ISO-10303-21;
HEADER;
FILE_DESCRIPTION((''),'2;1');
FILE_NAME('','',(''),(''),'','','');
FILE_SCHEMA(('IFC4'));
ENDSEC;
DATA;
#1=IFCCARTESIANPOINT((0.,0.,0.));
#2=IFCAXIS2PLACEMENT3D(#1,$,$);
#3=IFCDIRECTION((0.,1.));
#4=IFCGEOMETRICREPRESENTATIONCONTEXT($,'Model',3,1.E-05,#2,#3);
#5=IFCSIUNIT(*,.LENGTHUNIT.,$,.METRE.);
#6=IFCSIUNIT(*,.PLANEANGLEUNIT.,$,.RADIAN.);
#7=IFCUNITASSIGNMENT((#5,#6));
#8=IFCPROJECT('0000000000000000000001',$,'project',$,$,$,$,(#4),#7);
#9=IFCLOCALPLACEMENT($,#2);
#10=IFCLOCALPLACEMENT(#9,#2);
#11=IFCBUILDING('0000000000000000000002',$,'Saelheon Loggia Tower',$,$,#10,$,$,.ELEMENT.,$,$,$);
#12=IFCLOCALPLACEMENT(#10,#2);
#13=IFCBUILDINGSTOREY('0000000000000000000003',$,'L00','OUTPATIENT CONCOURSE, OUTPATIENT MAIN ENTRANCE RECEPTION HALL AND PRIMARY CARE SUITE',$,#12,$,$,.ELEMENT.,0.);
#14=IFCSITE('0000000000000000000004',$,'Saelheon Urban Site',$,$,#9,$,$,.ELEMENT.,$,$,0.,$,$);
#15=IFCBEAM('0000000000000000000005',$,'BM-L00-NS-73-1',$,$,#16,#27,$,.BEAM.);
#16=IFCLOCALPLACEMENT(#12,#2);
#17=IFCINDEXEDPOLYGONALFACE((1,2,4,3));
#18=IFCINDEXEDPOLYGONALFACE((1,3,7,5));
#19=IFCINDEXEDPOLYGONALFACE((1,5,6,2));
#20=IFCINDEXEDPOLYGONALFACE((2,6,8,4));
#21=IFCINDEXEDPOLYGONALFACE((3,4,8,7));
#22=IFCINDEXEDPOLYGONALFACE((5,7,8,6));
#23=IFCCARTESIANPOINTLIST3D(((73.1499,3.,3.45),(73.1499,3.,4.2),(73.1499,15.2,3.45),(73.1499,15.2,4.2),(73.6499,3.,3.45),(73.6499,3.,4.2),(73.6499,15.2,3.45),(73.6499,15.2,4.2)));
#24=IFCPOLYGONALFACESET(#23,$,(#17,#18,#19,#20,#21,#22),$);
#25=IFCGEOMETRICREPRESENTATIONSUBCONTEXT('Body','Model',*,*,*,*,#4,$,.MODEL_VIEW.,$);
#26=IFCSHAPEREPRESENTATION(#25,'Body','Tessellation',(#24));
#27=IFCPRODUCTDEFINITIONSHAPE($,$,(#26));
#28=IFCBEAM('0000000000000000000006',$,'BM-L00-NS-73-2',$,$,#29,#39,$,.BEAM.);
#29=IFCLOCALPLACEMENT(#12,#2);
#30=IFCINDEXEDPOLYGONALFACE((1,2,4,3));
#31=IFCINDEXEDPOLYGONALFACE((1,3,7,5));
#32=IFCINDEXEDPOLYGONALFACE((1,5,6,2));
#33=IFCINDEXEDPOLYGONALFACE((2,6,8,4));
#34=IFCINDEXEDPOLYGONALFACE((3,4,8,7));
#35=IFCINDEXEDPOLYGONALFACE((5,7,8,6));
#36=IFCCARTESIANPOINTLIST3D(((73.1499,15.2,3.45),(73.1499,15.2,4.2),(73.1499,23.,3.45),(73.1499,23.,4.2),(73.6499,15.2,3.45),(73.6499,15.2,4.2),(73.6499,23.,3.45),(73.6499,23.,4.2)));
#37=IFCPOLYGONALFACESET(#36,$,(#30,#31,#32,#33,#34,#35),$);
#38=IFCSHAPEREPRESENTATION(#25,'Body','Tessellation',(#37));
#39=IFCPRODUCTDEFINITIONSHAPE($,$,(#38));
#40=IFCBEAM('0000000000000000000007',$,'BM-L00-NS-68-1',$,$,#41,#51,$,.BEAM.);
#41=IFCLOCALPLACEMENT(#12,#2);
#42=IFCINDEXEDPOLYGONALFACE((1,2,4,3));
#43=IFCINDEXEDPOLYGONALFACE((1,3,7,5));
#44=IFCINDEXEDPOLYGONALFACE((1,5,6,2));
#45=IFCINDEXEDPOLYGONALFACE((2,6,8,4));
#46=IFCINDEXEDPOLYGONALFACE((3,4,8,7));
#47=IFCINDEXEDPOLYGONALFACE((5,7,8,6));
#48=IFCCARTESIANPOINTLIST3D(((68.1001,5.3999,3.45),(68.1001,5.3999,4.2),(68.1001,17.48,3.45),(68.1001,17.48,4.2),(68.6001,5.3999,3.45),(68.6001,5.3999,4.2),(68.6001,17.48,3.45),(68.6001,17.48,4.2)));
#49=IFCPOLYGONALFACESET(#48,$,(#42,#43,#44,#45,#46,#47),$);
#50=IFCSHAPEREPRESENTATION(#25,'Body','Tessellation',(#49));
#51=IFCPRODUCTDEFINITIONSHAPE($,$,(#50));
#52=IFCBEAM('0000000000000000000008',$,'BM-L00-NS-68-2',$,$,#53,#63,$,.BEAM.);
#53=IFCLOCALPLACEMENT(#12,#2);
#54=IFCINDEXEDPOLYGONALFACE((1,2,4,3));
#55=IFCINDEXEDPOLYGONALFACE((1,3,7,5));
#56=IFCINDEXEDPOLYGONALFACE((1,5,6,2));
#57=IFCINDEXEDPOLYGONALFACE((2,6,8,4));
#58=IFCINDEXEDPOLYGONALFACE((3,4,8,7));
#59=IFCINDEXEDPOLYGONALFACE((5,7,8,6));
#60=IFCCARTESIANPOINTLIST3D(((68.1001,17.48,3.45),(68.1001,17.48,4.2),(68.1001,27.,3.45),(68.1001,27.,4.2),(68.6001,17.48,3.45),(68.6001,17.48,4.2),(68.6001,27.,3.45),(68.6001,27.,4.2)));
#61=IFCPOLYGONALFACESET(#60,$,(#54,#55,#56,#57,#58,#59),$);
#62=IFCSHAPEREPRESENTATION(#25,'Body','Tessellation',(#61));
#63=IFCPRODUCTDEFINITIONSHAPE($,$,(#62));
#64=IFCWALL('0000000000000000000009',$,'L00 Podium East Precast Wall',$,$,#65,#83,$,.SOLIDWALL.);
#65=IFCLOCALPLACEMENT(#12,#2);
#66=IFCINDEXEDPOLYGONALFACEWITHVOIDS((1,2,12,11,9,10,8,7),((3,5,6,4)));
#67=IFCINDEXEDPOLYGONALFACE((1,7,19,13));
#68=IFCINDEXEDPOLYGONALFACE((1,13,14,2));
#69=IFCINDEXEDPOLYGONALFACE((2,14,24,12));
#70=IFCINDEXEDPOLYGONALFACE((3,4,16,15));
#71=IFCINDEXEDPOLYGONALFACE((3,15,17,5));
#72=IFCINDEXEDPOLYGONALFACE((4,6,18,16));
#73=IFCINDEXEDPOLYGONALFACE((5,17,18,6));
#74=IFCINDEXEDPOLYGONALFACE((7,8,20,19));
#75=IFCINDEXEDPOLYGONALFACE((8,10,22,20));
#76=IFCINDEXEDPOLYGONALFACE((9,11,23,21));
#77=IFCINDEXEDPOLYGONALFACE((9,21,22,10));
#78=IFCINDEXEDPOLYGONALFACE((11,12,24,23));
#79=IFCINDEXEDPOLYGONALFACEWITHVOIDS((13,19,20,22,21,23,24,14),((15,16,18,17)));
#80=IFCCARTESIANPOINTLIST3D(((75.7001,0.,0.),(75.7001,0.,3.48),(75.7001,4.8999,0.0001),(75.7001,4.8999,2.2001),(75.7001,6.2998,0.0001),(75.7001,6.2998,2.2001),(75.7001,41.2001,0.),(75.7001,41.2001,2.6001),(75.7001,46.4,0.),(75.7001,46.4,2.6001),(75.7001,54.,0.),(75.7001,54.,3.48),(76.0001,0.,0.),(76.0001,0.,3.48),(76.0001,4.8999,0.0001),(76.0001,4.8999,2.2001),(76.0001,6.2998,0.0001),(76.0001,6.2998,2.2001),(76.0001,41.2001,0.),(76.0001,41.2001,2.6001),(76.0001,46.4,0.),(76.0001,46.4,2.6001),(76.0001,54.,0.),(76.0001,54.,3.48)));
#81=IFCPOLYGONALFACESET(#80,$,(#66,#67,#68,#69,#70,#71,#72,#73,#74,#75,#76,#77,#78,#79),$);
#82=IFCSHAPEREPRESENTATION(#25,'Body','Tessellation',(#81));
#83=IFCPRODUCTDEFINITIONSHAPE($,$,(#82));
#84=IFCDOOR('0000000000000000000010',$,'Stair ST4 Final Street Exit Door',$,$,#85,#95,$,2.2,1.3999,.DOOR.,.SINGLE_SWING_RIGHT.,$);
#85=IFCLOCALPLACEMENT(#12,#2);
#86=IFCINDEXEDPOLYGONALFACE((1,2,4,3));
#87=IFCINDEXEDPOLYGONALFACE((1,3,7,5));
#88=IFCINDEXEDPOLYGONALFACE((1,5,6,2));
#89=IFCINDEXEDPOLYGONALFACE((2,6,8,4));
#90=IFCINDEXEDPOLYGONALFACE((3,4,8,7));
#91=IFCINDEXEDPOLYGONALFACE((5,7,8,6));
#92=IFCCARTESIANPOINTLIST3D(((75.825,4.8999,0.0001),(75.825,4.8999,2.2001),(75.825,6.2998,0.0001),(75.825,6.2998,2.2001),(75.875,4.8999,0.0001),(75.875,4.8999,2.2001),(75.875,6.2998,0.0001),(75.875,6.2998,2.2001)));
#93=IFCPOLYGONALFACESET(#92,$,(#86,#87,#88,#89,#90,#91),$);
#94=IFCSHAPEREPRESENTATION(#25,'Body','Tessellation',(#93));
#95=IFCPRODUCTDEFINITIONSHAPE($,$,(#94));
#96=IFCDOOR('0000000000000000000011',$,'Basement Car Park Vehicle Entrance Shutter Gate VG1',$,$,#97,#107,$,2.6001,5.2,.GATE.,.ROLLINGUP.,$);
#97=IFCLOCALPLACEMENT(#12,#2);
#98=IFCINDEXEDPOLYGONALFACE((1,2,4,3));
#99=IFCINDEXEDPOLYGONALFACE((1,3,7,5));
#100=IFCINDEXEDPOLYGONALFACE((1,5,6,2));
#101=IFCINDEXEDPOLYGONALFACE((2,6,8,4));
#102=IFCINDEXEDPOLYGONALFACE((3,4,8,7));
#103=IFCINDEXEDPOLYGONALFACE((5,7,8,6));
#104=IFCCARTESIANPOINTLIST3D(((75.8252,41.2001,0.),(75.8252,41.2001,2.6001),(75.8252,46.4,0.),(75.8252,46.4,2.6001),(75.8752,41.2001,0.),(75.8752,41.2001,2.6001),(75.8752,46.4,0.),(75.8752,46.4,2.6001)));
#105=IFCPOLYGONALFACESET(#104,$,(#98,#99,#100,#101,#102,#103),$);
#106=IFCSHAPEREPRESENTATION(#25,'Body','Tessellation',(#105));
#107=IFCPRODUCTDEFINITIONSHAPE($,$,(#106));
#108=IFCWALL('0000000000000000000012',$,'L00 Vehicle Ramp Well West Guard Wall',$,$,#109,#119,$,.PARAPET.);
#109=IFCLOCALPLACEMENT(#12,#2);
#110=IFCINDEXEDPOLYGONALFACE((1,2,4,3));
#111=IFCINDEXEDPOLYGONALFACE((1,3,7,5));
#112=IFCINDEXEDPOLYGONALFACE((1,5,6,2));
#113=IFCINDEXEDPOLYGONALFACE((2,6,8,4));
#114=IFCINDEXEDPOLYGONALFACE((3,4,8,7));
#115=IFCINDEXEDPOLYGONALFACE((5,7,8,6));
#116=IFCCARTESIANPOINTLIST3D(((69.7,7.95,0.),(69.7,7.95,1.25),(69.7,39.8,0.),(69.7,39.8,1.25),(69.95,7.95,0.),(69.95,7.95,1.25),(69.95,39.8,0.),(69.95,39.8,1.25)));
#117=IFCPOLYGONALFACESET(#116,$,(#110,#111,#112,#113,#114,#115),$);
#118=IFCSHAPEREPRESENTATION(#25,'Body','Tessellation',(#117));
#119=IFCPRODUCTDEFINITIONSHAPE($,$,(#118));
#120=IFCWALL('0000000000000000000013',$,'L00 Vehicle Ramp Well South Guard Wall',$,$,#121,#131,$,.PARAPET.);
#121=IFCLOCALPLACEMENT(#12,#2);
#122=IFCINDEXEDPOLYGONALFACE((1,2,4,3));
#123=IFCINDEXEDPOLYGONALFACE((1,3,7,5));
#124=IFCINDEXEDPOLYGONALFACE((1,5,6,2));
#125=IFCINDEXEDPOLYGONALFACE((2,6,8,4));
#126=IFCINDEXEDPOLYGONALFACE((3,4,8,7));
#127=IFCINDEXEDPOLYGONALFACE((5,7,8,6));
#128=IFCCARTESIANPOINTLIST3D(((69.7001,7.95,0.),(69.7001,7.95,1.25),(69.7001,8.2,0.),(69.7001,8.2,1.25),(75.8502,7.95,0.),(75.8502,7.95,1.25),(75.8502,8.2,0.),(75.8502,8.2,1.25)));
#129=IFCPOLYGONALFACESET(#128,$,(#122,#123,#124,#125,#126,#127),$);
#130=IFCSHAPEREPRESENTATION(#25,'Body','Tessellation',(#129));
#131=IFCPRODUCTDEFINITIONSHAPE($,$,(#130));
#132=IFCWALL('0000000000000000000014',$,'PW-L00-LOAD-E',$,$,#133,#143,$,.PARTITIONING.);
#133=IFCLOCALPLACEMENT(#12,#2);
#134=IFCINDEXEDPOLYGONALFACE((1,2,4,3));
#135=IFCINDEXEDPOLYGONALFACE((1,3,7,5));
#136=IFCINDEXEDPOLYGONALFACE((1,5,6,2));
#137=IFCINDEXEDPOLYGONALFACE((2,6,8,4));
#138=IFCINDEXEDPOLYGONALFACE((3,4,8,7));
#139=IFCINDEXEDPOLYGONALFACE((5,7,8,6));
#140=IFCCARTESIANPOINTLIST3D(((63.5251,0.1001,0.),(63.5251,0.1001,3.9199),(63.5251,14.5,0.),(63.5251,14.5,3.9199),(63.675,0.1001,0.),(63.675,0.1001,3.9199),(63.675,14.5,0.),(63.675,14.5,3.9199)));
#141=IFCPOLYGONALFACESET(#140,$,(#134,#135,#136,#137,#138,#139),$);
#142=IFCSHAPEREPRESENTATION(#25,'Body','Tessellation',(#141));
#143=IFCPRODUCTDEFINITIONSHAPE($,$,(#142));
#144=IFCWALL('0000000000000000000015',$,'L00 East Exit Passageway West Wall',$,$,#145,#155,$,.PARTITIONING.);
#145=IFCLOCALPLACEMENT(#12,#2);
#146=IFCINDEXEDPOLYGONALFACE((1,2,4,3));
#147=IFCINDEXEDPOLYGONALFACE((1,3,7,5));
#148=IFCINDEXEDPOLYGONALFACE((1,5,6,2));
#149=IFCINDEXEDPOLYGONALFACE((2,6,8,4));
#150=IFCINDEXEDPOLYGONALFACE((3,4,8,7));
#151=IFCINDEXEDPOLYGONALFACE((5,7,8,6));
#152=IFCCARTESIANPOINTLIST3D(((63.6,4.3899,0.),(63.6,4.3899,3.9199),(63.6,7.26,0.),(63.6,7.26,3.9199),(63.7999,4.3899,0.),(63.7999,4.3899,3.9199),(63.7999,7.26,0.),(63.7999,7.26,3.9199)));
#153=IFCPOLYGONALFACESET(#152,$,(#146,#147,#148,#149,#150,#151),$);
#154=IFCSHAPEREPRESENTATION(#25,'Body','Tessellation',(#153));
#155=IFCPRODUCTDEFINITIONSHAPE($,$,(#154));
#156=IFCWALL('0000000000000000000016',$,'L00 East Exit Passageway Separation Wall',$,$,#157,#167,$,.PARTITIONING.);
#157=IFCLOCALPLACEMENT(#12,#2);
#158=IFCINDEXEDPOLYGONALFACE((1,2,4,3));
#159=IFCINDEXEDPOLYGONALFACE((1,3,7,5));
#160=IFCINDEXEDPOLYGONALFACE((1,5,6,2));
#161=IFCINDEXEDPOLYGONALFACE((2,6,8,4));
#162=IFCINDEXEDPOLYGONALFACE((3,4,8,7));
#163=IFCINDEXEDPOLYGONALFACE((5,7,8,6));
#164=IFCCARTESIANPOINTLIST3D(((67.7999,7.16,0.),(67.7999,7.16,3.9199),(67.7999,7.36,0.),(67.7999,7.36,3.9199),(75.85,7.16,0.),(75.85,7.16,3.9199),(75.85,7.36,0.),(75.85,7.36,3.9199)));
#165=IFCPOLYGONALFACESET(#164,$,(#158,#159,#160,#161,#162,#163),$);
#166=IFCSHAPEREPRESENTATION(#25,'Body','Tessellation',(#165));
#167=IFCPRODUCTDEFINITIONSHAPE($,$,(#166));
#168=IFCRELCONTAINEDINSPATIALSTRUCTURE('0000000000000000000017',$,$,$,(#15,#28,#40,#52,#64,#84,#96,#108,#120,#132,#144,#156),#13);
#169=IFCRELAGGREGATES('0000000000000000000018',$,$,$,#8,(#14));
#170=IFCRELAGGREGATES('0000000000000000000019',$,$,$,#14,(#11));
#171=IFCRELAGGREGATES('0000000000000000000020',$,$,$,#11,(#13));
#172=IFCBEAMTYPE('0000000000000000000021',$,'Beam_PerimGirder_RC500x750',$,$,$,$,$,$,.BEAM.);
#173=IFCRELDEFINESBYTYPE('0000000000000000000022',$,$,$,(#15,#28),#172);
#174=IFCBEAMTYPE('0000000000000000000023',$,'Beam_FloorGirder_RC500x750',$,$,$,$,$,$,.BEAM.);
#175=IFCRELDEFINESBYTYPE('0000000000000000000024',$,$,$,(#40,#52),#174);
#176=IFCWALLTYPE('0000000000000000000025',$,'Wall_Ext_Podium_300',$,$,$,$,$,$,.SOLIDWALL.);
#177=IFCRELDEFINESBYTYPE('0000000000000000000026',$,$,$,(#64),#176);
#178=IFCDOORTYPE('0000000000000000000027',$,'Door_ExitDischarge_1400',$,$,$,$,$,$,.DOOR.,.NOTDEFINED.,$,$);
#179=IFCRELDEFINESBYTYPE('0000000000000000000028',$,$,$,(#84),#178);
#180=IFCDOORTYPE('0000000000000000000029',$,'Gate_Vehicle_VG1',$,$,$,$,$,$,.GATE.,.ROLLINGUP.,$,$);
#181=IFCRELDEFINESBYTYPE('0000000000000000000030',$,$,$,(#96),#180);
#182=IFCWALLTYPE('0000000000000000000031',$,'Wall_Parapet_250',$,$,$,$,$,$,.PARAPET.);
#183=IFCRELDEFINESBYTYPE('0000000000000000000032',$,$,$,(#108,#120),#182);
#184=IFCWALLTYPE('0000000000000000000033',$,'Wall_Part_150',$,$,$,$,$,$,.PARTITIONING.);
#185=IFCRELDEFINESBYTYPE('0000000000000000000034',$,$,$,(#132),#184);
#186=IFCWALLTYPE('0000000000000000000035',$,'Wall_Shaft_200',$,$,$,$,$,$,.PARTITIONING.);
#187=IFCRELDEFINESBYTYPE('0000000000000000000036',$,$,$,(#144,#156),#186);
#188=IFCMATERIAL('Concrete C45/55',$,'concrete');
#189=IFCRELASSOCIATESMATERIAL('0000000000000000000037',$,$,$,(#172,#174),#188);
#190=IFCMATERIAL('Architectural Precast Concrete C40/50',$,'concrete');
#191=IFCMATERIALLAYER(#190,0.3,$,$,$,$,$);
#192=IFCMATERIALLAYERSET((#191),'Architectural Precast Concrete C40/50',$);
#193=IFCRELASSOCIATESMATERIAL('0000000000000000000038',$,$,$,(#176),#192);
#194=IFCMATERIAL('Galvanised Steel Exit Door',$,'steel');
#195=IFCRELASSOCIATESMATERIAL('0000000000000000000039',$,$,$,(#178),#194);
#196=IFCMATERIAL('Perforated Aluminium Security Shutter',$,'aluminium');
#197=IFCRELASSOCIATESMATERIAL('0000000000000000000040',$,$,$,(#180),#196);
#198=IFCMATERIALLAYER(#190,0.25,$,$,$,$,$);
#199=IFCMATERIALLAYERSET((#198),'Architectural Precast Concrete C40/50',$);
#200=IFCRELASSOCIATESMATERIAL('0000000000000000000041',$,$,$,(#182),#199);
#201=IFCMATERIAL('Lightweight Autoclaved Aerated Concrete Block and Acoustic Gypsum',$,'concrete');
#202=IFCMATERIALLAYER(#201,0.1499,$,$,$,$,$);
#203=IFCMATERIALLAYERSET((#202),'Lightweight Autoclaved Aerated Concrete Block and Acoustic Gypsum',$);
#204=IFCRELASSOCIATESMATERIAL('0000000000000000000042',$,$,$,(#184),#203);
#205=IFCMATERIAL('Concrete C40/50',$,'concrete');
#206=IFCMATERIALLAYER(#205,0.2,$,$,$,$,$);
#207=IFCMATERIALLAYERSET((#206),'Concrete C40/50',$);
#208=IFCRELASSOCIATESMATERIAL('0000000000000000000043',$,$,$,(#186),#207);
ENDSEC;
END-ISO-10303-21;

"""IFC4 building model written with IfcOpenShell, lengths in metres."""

from ifc_helpers import new_model, si_unit, direction, frame, frame_2d, origin, origin_2d, place, context, subcontext, project, spatial, rectangle, extrude, source, transform, mapped, material, layer, layer_set, material_profile, profile_set, type_object, element, fill, save


model = new_model("IFC4")

# Units and contexts
model_context = context("Model", 3, precision=1e-05, world=origin(), true_north=direction((0.0, 1.0)))
body_context = subcontext(model_context, "Body", "Model", "MODEL_VIEW")
ifc_project = project(units=[si_unit("LENGTHUNIT", "METRE"), si_unit("PLANEANGLEUNIT", "RADIAN")], contexts=[model_context])

# Site, building, storey
site_placement = place(None, origin())
site = spatial("IfcSite", under=ifc_project, at=site_placement, Name="Saelheon Urban Site", CompositionType="ELEMENT", RefElevation=0.0)
building_placement = place(site_placement, origin())
building = spatial("IfcBuilding", under=site, at=building_placement, Name="Saelheon Loggia Tower", CompositionType="ELEMENT")
storey_placement = place(building_placement, origin())
storey = spatial("IfcBuildingStorey", under=building, at=storey_placement, Name="L00", Description="OUTPATIENT CONCOURSE, OUTPATIENT MAIN ENTRANCE RECEPTION HALL AND PRIMARY CARE SUITE", CompositionType="ELEMENT", Elevation=0.0)

# Shared definitions
ifc_material_1 = material(Name="Concrete C45/55", Category="concrete")

# Beams
ifc_material_profile_1 = material_profile(ifc_material_1, rectangle(XDim=0.5, YDim=0.75, at=origin_2d()), Name="RC-500x750")
ifc_profile_set_1 = profile_set([ifc_material_profile_1], Name="Concrete C45/55")
beam_type_1 = type_object("IfcBeamType", Name="Beam_PerimGirder_RC500x750", PredefinedType="BEAM", material=ifc_profile_set_1)
shared_shape_1 = source(origin(), body_context, "Body", "SweptSolid", [
    extrude(rectangle(XDim=0.5, YDim=0.75, at=origin_2d()), origin(), (0.0, 0.0, 1.0), 12.2),
])
beam_1_placement = place(storey_placement, frame((73.3999, 3.0, 3.825), z_axis=(0.0, 1.0, 0.0), x_axis=(-1.0, 0.0, 0.0)))
element("IfcBeam", 1, at=beam_1_placement, inside=storey, type_object=beam_type_1, Name="BM-L00-NS-73-1", PredefinedType="BEAM", context=body_context, shape_type="MappedRepresentation", body=[
    mapped(shared_shape_1, transform((0.0, 0.0, 0.0), scale=1.0)),
])
shared_shape_2 = source(origin(), body_context, "Body", "SweptSolid", [
    extrude(rectangle(XDim=0.5, YDim=0.75, at=origin_2d()), origin(), (0.0, 0.0, 1.0), 7.8),
])
beam_2_placement = place(storey_placement, frame((73.3999, 15.2, 3.825), z_axis=(0.0, 1.0, 0.0), x_axis=(-1.0, 0.0, 0.0)))
element("IfcBeam", 2, at=beam_2_placement, inside=storey, type_object=beam_type_1, Name="BM-L00-NS-73-2", PredefinedType="BEAM", context=body_context, shape_type="MappedRepresentation", body=[
    mapped(shared_shape_2, transform((0.0, 0.0, 0.0), scale=1.0)),
])
ifc_material_profile_2 = material_profile(ifc_material_1, rectangle(XDim=0.5, YDim=0.75, at=origin_2d()), Name="RC-500x750")
ifc_profile_set_2 = profile_set([ifc_material_profile_2], Name="Concrete C45/55")
beam_type_2 = type_object("IfcBeamType", Name="Beam_FloorGirder_RC500x750", PredefinedType="BEAM", material=ifc_profile_set_2)
shared_shape_3 = source(origin(), body_context, "Body", "SweptSolid", [
    extrude(rectangle(XDim=0.5, YDim=0.75, at=origin_2d()), origin(), (0.0, 0.0, 1.0), 12.0801),
])
beam_3_placement = place(storey_placement, frame((68.3501, 5.3999, 3.825), z_axis=(0.0, 1.0, 0.0), x_axis=(-1.0, 0.0, 0.0)))
element("IfcBeam", 3, at=beam_3_placement, inside=storey, type_object=beam_type_2, Name="BM-L00-NS-68-1", PredefinedType="BEAM", context=body_context, shape_type="MappedRepresentation", body=[
    mapped(shared_shape_3, transform((0.0, 0.0, 0.0), scale=1.0)),
])
shared_shape_4 = source(origin(), body_context, "Body", "SweptSolid", [
    extrude(rectangle(XDim=0.5, YDim=0.75, at=origin_2d()), origin(), (0.0, 0.0, 1.0), 9.52),
])
beam_4_placement = place(storey_placement, frame((68.3501, 17.48, 3.825), z_axis=(0.0, 1.0, 0.0), x_axis=(-1.0, 0.0, 0.0)))
element("IfcBeam", 4, at=beam_4_placement, inside=storey, type_object=beam_type_2, Name="BM-L00-NS-68-2", PredefinedType="BEAM", context=body_context, shape_type="MappedRepresentation", body=[
    mapped(shared_shape_4, transform((0.0, 0.0, 0.0), scale=1.0)),
])

# Wall, openings, doors
ifc_material_2 = material(Name="Architectural Precast Concrete C40/50", Category="concrete")
ifc_layer_1 = layer(ifc_material_2, 0.3)
ifc_layer_set_1 = layer_set([ifc_layer_1], Name="Architectural Precast Concrete C40/50")
wall_type_1 = type_object("IfcWallType", Name="Wall_Ext_Podium_300", PredefinedType="SOLIDWALL", material=ifc_layer_set_1)
wall_1_placement = place(storey_placement, frame((75.8501, 0.0, 0.0), z_axis=(0.0, 0.0, 1.0), x_axis=(0.0, 1.0, 0.0)))
wall_1 = element("IfcWall", 5, at=wall_1_placement, inside=storey, type_object=wall_type_1, Name="L00 Podium East Precast Wall", PredefinedType="SOLIDWALL", context=body_context, shape_type="SweptSolid", body=[
    extrude(rectangle(XDim=54.0, YDim=0.3, at=frame_2d((27.0, 0.0))), origin(), (0.0, 0.0, 1.0), 3.48),
])
opening_1_placement = place(wall_1_placement, frame((6.2998, 0.0, 0.0), z_axis=(0.0, 0.0, 1.0), x_axis=(-1.0, 0.0, 0.0)))
opening_1 = element("IfcOpeningElement", 6, at=opening_1_placement, cuts=wall_1, PredefinedType="OPENING", context=body_context, shape_type="SweptSolid", body=[
    extrude(rectangle(XDim=1.3999, YDim=2.2, at=frame_2d((0.7, 1.1001))), frame((0.0, 0.1621, 0.0), z_axis=(0.0, -1.0, 0.0), x_axis=(1.0, 0.0, 0.0)), (0.0, 0.0, 1.0), 0.324),
])
opening_2_placement = place(wall_1_placement, frame((41.2, 0.0, 0.0)))
opening_2 = element("IfcOpeningElement", 7, at=opening_2_placement, cuts=wall_1, PredefinedType="OPENING", context=body_context, shape_type="SweptSolid", body=[
    extrude(rectangle(XDim=5.2, YDim=2.6001, at=frame_2d((2.6001, 1.3))), frame((0.0, 0.1621, 0.0), z_axis=(0.0, -1.0, 0.0), x_axis=(1.0, 0.0, 0.0)), (0.0, 0.0, 1.0), 0.324),
])
ifc_material_3 = material(Name="Galvanised Steel Exit Door", Category="steel")
door_type_1 = type_object("IfcDoorType", Name="Door_ExitDischarge_1400", OperationType="NOTDEFINED", PredefinedType="DOOR", material=ifc_material_3)
shared_shape_5 = source(origin(), body_context, "Body", "SweptSolid", [
    extrude(rectangle(XDim=1.3999, YDim=2.2, at=frame_2d((0.7, 1.1001))), frame((0.0, 0.0249, 0.0), z_axis=(0.0, -1.0, 0.0), x_axis=(1.0, 0.0, 0.0)), (0.0, 0.0, 1.0), 0.05),
])
door_1_placement = place(opening_1_placement, origin())
door_1 = element("IfcDoor", 8, at=door_1_placement, inside=storey, type_object=door_type_1, Name="Stair ST4 Final Street Exit Door", OperationType="SINGLE_SWING_RIGHT", OverallHeight=2.2, OverallWidth=1.3999, PredefinedType="DOOR", context=body_context, shape_type="MappedRepresentation", body=[
    mapped(shared_shape_5, transform((0.0, 0.0, 0.0), scale=1.0)),
])
fill(opening_1, door_1)
ifc_material_4 = material(Name="Perforated Aluminium Security Shutter", Category="aluminium")
door_type_2 = type_object("IfcDoorType", Name="Gate_Vehicle_VG1", OperationType="ROLLINGUP", PredefinedType="GATE", material=ifc_material_4)
shared_shape_6 = source(origin(), body_context, "Body", "SweptSolid", [
    extrude(rectangle(XDim=5.2, YDim=2.6001, at=frame_2d((2.6001, 1.3))), frame((0.0, 0.0249, 0.0), z_axis=(0.0, -1.0, 0.0), x_axis=(1.0, 0.0, 0.0)), (0.0, 0.0, 1.0), 0.05),
])
door_2_placement = place(opening_2_placement, origin())
door_2 = element("IfcDoor", 9, at=door_2_placement, inside=storey, type_object=door_type_2, Name="Basement Car Park Vehicle Entrance Shutter Gate VG1", OperationType="ROLLINGUP", OverallHeight=2.6001, OverallWidth=5.2, PredefinedType="GATE", context=body_context, shape_type="MappedRepresentation", body=[
    mapped(shared_shape_6, transform((0.0, 0.0, 0.0), scale=1.0)),
])
fill(opening_2, door_2)

# Walls
ifc_layer_2 = layer(ifc_material_2, 0.25)
ifc_layer_set_2 = layer_set([ifc_layer_2], Name="Architectural Precast Concrete C40/50")
wall_type_2 = type_object("IfcWallType", Name="Wall_Parapet_250", PredefinedType="PARAPET", material=ifc_layer_set_2)
wall_2_placement = place(storey_placement, frame((69.825, 7.95, 0.0), z_axis=(0.0, 0.0, 1.0), x_axis=(0.0, 1.0, 0.0)))
element("IfcWall", 10, at=wall_2_placement, inside=storey, type_object=wall_type_2, Name="L00 Vehicle Ramp Well West Guard Wall", PredefinedType="PARAPET", context=body_context, shape_type="SweptSolid", body=[
    extrude(rectangle(XDim=31.8501, YDim=0.25, at=frame_2d((15.925, 0.0))), origin(), (0.0, 0.0, 1.0), 1.25),
])
wall_3_placement = place(storey_placement, frame((69.7, 8.075, 0.0), z_axis=(0.0, 0.0, 1.0), x_axis=(1.0, 0.0, 0.0)))
element("IfcWall", 11, at=wall_3_placement, inside=storey, type_object=wall_type_2, Name="L00 Vehicle Ramp Well South Guard Wall", PredefinedType="PARAPET", context=body_context, shape_type="SweptSolid", body=[
    extrude(rectangle(XDim=6.1501, YDim=0.25, at=frame_2d((3.0752, 0.0))), origin(), (0.0, 0.0, 1.0), 1.25),
])
ifc_material_5 = material(Name="Lightweight Autoclaved Aerated Concrete Block and Acoustic Gypsum", Category="concrete")
ifc_layer_3 = layer(ifc_material_5, 0.1499)
ifc_layer_set_3 = layer_set([ifc_layer_3], Name="Lightweight Autoclaved Aerated Concrete Block and Acoustic Gypsum")
wall_type_3 = type_object("IfcWallType", Name="Wall_Part_150", PredefinedType="PARTITIONING", material=ifc_layer_set_3)
wall_4_placement = place(storey_placement, frame((63.6001, 0.1001, 0.0), z_axis=(0.0, 0.0, 1.0), x_axis=(0.0, 1.0, 0.0)))
element("IfcWall", 12, at=wall_4_placement, inside=storey, type_object=wall_type_3, Name="PW-L00-LOAD-E", PredefinedType="PARTITIONING", context=body_context, shape_type="SweptSolid", body=[
    extrude(rectangle(XDim=14.3999, YDim=0.1499, at=frame_2d((7.2, 0.0))), origin(), (0.0, 0.0, 1.0), 3.9199),
])
ifc_material_6 = material(Name="Concrete C40/50", Category="concrete")
ifc_layer_4 = layer(ifc_material_6, 0.2)
ifc_layer_set_4 = layer_set([ifc_layer_4], Name="Concrete C40/50")
wall_type_4 = type_object("IfcWallType", Name="Wall_Shaft_200", PredefinedType="PARTITIONING", material=ifc_layer_set_4)
wall_5_placement = place(storey_placement, frame((63.7, 4.3899, 0.0), z_axis=(0.0, 0.0, 1.0), x_axis=(0.0, 1.0, 0.0)))
element("IfcWall", 13, at=wall_5_placement, inside=storey, type_object=wall_type_4, Name="L00 East Exit Passageway West Wall", PredefinedType="PARTITIONING", context=body_context, shape_type="SweptSolid", body=[
    extrude(rectangle(XDim=2.8701, YDim=0.2, at=frame_2d((1.4351, 0.0))), origin(), (0.0, 0.0, 1.0), 3.9199),
])

# Wall
wall_6_placement = place(storey_placement, frame((67.8, 7.26, 0.0), z_axis=(0.0, 0.0, 1.0), x_axis=(1.0, 0.0, 0.0)))
element("IfcWall", 14, at=wall_6_placement, inside=storey, type_object=wall_type_4, Name="L00 East Exit Passageway Separation Wall", PredefinedType="PARTITIONING", context=body_context, shape_type="SweptSolid", body=[
    extrude(rectangle(XDim=8.05, YDim=0.2, at=frame_2d((4.0249, 0.0))), origin(), (0.0, 0.0, 1.0), 3.9199),
])

save(model, "model.ifc")
